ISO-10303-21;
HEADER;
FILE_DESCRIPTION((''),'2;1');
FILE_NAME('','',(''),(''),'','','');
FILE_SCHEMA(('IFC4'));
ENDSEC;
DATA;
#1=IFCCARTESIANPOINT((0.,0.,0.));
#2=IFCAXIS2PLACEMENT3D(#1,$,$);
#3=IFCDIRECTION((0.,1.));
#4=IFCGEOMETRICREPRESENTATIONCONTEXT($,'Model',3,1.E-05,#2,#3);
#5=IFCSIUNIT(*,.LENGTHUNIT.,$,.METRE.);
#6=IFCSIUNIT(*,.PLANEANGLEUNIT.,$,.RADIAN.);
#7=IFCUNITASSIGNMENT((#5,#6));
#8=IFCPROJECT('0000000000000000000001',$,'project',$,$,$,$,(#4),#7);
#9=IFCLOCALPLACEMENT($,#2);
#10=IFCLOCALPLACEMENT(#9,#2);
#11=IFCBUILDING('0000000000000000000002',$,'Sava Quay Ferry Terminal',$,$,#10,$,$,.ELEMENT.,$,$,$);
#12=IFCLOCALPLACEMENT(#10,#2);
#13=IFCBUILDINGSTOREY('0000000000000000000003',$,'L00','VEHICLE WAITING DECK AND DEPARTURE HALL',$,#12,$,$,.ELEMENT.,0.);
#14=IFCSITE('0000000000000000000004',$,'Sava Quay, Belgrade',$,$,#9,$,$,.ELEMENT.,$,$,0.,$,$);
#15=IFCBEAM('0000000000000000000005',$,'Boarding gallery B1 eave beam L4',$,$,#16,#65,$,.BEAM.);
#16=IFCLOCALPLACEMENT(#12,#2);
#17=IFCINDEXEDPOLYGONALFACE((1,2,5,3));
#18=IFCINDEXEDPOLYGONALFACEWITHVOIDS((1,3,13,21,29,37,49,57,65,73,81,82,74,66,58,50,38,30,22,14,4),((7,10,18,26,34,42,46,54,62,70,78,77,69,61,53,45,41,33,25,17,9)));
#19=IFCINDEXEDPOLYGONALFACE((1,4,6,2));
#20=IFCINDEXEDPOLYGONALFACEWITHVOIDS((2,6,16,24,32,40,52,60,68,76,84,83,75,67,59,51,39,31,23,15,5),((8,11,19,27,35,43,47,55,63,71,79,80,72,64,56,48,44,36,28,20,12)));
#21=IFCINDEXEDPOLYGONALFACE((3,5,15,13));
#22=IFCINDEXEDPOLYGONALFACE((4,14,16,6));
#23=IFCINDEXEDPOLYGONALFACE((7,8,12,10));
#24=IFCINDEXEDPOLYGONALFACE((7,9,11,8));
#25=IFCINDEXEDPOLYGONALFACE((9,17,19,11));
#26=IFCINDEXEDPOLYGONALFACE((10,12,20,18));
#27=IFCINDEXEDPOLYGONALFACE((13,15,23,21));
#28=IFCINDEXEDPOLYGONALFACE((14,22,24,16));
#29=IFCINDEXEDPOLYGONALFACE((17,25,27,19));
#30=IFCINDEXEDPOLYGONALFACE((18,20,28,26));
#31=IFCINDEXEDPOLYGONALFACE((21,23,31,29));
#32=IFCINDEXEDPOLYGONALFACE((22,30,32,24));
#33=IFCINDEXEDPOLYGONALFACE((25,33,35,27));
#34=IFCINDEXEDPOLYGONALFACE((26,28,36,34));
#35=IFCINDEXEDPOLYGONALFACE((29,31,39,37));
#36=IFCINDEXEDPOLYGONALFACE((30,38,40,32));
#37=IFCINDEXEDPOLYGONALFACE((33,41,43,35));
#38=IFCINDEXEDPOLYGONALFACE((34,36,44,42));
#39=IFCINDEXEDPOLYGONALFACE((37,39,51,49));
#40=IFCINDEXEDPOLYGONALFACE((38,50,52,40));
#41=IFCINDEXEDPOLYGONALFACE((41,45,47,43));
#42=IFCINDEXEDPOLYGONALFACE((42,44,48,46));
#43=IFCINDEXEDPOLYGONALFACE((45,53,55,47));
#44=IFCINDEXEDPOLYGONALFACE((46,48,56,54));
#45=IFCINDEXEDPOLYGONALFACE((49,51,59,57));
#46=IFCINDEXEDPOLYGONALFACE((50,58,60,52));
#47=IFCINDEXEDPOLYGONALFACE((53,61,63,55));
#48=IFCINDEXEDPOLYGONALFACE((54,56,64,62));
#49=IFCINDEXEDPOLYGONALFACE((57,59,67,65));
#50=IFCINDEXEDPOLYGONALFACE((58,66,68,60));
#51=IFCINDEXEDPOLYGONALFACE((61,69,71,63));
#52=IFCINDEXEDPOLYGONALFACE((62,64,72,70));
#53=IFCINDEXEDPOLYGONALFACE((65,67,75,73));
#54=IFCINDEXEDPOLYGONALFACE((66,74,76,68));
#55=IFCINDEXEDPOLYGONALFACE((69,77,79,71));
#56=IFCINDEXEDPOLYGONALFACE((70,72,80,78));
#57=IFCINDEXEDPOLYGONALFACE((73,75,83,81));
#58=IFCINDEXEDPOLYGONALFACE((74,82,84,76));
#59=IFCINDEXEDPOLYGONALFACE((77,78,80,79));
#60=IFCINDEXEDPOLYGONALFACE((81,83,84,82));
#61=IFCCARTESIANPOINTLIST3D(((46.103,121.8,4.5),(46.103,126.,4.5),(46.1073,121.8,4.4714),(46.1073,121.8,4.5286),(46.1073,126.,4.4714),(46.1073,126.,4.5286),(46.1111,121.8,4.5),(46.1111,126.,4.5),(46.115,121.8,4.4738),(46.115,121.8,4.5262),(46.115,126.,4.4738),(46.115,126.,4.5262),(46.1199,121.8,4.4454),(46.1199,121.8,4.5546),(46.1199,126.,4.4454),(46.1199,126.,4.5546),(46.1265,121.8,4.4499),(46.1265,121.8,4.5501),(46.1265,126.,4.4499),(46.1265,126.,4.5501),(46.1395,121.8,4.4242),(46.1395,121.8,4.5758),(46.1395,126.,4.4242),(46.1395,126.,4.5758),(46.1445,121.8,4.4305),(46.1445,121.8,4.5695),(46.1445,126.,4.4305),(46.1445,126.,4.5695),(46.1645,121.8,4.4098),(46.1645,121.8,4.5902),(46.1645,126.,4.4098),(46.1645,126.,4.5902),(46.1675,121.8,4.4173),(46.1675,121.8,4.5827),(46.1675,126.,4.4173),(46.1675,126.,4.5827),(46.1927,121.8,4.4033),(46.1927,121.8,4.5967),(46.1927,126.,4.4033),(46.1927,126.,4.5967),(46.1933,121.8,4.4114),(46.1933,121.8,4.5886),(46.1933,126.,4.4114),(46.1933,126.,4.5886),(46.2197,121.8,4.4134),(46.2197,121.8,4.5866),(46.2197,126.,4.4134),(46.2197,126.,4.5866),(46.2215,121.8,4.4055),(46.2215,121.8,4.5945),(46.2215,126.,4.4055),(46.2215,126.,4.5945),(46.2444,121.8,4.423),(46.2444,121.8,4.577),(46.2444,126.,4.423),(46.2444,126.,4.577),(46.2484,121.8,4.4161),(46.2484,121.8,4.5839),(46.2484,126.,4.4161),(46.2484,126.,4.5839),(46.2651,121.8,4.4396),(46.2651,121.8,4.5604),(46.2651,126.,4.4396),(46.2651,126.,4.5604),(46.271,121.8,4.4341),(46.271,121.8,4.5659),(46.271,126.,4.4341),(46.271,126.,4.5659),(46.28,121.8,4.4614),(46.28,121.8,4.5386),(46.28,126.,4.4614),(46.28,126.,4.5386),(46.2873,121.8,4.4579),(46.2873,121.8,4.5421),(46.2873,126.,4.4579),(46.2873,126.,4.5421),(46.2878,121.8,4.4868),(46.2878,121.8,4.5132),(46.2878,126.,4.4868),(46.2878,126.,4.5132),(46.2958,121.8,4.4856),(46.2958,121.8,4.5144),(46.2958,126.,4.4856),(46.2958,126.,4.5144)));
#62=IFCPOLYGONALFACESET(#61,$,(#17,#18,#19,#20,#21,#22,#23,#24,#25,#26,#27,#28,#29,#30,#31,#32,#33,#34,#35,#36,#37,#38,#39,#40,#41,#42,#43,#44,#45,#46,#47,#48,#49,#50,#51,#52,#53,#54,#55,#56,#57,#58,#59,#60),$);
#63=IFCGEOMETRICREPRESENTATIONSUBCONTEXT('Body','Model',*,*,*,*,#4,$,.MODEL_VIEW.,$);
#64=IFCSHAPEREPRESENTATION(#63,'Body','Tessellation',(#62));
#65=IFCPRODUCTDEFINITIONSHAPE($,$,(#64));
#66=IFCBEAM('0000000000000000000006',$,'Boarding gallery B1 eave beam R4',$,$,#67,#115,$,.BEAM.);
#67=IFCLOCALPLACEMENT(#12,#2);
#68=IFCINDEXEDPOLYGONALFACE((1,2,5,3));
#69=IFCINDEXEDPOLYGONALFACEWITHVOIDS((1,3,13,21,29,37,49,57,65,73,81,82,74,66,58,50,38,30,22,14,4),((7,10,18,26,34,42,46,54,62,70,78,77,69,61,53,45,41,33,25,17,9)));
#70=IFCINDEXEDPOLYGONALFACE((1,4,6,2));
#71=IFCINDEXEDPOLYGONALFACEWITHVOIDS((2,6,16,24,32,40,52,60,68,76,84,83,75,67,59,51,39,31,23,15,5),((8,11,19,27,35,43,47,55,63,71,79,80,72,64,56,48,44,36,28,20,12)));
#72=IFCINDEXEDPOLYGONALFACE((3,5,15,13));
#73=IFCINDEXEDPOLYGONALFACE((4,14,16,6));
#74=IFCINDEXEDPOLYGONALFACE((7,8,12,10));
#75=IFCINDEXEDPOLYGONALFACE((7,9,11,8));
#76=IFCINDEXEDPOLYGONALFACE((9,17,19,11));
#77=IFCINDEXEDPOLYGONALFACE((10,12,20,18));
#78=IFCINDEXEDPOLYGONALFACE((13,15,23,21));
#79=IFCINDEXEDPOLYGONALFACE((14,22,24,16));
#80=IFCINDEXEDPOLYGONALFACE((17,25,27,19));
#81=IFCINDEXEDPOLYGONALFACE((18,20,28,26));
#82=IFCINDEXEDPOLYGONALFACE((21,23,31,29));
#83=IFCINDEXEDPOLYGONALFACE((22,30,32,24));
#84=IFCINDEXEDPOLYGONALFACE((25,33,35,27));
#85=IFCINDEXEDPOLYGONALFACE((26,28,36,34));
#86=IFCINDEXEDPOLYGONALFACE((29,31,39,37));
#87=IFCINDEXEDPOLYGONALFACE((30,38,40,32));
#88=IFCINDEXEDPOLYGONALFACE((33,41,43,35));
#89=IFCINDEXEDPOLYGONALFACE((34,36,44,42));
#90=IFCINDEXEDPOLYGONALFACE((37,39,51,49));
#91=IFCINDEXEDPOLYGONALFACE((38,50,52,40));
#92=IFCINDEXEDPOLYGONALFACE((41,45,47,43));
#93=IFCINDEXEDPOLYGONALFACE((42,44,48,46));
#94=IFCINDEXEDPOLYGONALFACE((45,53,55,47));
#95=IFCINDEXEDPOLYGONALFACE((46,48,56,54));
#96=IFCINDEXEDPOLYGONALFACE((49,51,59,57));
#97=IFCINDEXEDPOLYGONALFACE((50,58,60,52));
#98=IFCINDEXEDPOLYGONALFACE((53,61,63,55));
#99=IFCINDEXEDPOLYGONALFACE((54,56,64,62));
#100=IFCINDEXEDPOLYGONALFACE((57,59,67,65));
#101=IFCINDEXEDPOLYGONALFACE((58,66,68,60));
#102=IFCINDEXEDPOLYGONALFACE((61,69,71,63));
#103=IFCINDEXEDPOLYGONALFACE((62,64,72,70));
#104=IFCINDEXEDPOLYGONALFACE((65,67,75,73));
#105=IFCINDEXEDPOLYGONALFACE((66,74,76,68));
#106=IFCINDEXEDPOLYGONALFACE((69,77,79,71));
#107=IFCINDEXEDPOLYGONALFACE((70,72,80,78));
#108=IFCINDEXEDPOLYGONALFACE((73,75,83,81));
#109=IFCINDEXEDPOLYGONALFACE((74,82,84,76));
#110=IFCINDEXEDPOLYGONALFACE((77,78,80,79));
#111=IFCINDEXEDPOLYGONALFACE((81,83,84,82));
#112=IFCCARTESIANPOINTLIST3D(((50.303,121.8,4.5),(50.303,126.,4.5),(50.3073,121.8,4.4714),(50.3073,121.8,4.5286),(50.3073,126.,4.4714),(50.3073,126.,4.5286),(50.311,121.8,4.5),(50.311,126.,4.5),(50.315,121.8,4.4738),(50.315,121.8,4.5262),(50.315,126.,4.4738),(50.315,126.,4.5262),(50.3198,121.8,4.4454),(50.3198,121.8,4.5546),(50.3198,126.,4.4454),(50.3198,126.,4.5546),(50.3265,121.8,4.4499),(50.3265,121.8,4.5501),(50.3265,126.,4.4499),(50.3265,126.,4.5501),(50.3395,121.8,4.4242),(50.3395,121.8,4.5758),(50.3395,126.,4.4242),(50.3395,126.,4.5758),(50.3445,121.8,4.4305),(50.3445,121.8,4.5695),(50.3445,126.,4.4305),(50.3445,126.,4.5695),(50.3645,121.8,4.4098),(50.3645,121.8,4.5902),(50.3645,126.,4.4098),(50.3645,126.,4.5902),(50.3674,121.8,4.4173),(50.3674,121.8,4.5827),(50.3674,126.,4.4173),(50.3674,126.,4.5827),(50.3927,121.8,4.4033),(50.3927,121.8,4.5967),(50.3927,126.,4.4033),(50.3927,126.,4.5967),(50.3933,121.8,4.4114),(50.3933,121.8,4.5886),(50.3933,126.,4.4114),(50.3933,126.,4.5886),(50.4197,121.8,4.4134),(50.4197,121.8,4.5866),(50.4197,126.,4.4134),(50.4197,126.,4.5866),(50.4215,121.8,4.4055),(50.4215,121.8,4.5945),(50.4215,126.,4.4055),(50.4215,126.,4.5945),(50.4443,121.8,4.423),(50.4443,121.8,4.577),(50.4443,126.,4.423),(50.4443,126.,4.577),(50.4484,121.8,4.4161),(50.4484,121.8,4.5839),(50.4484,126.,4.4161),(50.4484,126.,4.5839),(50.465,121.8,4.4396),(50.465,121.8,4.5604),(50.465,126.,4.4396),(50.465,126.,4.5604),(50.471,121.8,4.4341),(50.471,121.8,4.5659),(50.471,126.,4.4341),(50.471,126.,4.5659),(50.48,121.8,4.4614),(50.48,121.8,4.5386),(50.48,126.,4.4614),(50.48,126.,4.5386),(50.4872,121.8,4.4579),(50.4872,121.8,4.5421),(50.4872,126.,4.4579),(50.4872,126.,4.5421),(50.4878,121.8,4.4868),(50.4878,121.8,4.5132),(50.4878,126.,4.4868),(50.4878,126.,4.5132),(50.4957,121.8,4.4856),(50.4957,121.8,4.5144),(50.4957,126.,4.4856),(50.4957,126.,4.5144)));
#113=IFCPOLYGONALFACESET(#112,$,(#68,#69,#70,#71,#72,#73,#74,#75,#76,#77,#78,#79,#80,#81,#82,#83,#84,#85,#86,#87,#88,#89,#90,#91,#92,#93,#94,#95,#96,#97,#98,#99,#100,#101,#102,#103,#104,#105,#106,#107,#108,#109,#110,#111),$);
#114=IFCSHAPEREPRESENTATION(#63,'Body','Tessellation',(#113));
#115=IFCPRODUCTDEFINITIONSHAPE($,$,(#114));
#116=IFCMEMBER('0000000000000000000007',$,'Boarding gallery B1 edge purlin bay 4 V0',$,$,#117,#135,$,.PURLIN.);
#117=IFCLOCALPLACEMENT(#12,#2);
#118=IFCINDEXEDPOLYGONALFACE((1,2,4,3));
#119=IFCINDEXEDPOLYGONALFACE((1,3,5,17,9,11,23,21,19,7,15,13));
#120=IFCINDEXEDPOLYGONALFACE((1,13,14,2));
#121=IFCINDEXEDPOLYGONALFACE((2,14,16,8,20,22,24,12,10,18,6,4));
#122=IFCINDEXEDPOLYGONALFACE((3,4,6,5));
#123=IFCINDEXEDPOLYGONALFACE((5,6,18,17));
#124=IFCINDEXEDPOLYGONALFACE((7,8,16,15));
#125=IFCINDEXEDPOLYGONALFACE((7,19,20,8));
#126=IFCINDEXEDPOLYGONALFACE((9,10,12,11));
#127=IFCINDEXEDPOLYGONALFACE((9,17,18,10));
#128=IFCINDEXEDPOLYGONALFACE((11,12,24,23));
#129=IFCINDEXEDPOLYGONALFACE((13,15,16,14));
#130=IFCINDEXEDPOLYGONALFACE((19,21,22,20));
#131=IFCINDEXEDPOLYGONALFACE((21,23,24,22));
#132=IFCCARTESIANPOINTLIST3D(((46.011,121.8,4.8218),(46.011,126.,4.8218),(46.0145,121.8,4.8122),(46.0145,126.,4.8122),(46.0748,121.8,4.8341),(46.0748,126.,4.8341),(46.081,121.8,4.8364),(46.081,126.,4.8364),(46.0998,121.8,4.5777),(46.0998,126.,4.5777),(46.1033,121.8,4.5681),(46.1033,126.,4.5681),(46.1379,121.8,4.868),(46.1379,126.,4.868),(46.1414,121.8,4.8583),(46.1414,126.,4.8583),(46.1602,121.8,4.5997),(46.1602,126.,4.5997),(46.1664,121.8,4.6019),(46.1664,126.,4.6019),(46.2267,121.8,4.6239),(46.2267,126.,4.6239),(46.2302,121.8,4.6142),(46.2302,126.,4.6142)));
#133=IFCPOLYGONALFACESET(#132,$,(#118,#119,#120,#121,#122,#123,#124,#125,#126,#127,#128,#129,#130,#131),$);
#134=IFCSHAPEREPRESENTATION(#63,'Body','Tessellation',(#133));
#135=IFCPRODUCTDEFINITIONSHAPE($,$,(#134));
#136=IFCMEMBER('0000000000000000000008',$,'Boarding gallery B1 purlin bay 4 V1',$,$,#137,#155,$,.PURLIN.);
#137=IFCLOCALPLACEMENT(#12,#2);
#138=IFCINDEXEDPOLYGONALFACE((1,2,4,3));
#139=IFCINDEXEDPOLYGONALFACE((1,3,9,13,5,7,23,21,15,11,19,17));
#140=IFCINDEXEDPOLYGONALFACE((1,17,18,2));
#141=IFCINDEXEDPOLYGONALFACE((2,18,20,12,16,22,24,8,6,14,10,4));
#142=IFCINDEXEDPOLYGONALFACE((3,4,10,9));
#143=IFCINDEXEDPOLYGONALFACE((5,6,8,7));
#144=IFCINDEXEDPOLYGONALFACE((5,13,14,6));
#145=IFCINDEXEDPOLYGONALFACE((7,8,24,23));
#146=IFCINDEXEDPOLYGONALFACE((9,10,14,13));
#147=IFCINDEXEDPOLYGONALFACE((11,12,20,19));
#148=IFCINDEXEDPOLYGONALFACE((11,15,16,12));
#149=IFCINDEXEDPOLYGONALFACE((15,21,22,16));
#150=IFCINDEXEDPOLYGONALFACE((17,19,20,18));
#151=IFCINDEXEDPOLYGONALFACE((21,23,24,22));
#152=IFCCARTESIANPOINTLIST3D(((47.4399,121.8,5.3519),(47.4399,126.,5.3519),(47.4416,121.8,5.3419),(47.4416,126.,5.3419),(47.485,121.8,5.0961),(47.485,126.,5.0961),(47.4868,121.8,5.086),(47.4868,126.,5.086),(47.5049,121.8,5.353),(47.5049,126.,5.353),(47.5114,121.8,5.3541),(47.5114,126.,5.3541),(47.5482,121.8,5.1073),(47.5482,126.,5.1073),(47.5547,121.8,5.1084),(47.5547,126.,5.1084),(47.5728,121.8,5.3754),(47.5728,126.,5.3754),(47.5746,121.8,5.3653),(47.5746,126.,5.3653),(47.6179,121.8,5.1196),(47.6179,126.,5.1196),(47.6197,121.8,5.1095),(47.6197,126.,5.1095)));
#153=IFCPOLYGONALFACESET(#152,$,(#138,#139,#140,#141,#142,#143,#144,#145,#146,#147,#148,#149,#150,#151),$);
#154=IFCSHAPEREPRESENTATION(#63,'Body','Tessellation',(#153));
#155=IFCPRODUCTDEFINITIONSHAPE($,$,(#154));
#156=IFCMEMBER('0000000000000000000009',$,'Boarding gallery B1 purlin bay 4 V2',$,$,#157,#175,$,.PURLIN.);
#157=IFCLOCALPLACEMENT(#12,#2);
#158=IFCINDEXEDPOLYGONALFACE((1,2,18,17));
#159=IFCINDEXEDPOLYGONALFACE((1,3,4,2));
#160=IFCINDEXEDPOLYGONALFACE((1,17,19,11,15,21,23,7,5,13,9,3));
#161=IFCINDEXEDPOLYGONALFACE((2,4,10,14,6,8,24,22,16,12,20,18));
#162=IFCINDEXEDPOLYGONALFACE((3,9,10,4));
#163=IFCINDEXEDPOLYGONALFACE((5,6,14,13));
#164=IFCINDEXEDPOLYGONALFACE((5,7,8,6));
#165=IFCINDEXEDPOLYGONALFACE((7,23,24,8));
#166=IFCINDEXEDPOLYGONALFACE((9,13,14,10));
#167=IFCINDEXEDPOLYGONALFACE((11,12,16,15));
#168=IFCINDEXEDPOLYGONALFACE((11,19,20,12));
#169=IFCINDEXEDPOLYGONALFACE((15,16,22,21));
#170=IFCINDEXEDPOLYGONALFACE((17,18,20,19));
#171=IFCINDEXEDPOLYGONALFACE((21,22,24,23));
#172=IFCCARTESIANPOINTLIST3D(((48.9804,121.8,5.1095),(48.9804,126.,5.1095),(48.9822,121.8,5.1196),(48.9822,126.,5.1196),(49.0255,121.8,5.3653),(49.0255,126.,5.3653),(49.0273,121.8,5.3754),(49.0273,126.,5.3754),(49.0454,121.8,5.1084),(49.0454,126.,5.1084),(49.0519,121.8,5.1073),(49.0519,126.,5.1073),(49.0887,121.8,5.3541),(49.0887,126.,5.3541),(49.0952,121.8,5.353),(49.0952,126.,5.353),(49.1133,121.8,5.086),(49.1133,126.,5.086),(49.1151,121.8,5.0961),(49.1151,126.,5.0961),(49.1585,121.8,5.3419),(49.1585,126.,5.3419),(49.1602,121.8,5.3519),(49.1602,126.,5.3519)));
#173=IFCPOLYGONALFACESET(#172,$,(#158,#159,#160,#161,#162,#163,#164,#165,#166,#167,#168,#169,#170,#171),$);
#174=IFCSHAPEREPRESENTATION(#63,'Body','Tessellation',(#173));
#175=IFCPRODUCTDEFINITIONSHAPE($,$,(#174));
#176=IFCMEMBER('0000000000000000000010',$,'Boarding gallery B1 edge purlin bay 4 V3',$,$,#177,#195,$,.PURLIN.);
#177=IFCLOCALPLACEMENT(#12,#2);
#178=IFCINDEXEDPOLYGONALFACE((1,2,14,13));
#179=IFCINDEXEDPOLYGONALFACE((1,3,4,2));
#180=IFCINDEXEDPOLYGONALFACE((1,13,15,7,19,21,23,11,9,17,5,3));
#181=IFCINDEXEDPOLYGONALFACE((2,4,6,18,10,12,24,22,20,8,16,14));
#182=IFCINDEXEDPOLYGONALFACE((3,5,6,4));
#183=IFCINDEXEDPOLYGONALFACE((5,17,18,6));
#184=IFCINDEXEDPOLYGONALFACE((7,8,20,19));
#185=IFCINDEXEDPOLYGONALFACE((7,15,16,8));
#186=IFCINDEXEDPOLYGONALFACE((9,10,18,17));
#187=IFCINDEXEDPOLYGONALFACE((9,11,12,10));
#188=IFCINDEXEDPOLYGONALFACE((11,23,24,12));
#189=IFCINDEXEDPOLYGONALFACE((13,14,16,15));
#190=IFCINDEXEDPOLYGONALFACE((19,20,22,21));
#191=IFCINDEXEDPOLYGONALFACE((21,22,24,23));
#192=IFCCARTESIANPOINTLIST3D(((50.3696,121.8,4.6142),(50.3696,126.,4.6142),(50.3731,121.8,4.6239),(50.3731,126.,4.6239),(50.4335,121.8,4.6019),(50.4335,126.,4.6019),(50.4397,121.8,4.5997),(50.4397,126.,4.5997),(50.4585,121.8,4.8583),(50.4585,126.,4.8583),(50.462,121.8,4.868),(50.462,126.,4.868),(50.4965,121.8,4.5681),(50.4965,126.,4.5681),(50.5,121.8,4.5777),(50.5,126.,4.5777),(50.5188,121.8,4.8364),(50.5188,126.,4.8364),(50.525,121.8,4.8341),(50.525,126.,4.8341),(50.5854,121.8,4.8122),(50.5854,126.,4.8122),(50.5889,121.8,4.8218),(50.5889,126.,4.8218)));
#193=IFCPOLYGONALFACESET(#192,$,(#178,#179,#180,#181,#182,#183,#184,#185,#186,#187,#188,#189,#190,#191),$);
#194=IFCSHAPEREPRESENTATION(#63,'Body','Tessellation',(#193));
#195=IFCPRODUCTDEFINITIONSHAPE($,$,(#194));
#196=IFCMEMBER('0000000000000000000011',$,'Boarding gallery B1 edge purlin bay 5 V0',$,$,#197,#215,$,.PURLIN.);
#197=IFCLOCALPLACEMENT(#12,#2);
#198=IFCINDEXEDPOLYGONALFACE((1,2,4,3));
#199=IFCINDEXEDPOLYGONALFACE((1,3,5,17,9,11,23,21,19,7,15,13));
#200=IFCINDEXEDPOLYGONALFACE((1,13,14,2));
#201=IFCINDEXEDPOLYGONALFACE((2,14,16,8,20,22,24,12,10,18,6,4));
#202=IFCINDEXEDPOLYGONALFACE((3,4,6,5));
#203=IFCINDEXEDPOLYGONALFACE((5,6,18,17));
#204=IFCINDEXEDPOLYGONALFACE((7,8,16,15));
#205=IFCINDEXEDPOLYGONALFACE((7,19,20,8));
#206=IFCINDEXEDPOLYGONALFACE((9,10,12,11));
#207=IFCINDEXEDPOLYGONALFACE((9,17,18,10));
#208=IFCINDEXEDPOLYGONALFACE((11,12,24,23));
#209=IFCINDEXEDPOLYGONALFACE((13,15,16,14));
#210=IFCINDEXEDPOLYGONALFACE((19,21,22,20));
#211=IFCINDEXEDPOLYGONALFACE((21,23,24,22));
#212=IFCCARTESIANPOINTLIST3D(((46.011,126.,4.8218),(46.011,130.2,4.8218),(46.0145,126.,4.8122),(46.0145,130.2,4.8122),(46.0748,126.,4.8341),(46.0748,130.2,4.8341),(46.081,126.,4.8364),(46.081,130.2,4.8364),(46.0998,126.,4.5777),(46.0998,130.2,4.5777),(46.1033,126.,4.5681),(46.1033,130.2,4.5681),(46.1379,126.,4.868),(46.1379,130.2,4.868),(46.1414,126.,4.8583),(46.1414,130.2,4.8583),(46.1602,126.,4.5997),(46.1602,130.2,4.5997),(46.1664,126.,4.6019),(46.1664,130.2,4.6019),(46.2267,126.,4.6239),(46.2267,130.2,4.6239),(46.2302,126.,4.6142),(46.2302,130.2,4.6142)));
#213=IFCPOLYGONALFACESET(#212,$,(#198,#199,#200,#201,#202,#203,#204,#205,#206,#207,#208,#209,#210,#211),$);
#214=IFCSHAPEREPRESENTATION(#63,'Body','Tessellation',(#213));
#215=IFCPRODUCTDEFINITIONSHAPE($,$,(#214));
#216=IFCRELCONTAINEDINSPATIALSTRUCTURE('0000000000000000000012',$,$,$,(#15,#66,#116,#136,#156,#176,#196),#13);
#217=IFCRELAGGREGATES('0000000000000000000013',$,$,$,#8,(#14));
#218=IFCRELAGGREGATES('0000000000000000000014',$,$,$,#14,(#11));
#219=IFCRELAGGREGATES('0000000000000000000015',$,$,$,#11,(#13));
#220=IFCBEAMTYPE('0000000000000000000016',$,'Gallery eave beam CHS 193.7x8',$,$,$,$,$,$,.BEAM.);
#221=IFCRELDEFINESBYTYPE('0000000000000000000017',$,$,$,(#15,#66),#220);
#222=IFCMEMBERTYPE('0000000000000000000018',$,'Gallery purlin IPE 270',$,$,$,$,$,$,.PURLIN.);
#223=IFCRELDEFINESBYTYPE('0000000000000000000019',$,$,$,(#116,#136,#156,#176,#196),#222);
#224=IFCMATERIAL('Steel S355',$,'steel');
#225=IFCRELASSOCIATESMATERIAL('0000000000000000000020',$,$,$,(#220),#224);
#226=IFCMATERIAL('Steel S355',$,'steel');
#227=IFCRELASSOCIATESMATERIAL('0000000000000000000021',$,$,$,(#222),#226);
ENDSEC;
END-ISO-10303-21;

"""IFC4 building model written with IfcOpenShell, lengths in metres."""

from ifc_helpers import new_model, si_unit, direction, frame, origin, origin_2d, place, context, subcontext, project, spatial, hollow_circle, i_section, extrude, material, material_profile, profile_set, type_object, element, save


model = new_model("IFC4")

# Units and contexts
model_context = context("Model", 3, precision=1e-05, world=origin(), true_north=direction((0.0, 1.0)))
body_context = subcontext(model_context, "Body", "Model", "MODEL_VIEW")
ifc_project = project(units=[si_unit("LENGTHUNIT", "METRE"), si_unit("PLANEANGLEUNIT", "RADIAN")], contexts=[model_context])

# Site, building, storey
site_placement = place(None, origin())
site = spatial("IfcSite", under=ifc_project, at=site_placement, Name="Sava Quay, Belgrade", CompositionType="ELEMENT", RefElevation=0.0)
building_placement = place(site_placement, origin())
building = spatial("IfcBuilding", under=site, at=building_placement, Name="Sava Quay Ferry Terminal", CompositionType="ELEMENT")
storey_placement = place(building_placement, origin())
storey = spatial("IfcBuildingStorey", under=building, at=storey_placement, Name="L00", Description="VEHICLE WAITING DECK AND DEPARTURE HALL", CompositionType="ELEMENT", Elevation=0.0)

# Beams
ifc_material_1 = material(Name="Steel S355", Category="steel")
ifc_material_profile_1 = material_profile(ifc_material_1, hollow_circle(Radius=0.0969, WallThickness=0.0081, at=origin_2d()), Name="CHS 193.7 x 8.0")
ifc_profile_set_1 = profile_set([ifc_material_profile_1], Name="Steel S355")
beam_type_1 = type_object("IfcBeamType", Name="Gallery eave beam CHS 193.7x8", PredefinedType="BEAM", material=ifc_profile_set_1)
for number, where, z_axis, x_axis, name in (
    (1, (46.2, 121.8, 4.5), (0.0, 1.0, 0.0), (-1.0, 0.0, 0.0), "Boarding gallery B1 eave beam L4"),
    (2, (50.3999, 121.8, 4.5), (0.0, 1.0, 0.0), (-1.0, 0.0, 0.0), "Boarding gallery B1 eave beam R4"),
):
    element("IfcBeam", number, at=place(storey_placement, frame(where, z_axis=z_axis, x_axis=x_axis)), inside=storey, type_object=beam_type_1, Name=name, PredefinedType="BEAM", context=body_context, shape_type="SweptSolid", body=[
        extrude(hollow_circle(Radius=0.0969, WallThickness=0.0081, at=origin_2d()), origin(), (0.0, 0.0, 1.0), 4.2),
    ])

# Members
ifc_material_2 = material(Name="Steel S355", Category="steel")
ifc_material_profile_2 = material_profile(ifc_material_2, i_section(OverallWidth=0.135, OverallDepth=0.27, WebThickness=0.0066, FlangeThickness=0.0103, at=origin_2d()), Name="IPE 270")
ifc_profile_set_2 = profile_set([ifc_material_profile_2], Name="Steel S355")
member_type_1 = type_object("IfcMemberType", Name="Gallery purlin IPE 270", PredefinedType="PURLIN", material=ifc_profile_set_2)
for number, where, z_axis, x_axis, name in (
    (3, (46.1206, 121.8, 4.718), (0.0, 1.0, 0.0), (-0.939693, 0.0, -0.34202), "Boarding gallery B1 edge purlin bay 4 V0"),
    (4, (47.5298, 121.8, 5.2307), (0.0, 1.0, 0.0), (-0.984808, 0.0, -0.173648), "Boarding gallery B1 purlin bay 4 V1"),
    (5, (49.0703, 121.8, 5.2307), (0.0, 1.0, 0.0), (-0.984808, 0.0, 0.173648), "Boarding gallery B1 purlin bay 4 V2"),
    (6, (50.4792, 121.8, 4.718), (0.0, 1.0, 0.0), (-0.939693, 0.0, 0.34202), "Boarding gallery B1 edge purlin bay 4 V3"),
    (7, (46.1206, 126.0, 4.718), (0.0, 1.0, 0.0), (-0.939693, 0.0, -0.34202), "Boarding gallery B1 edge purlin bay 5 V0"),
):
    element("IfcMember", number, at=place(storey_placement, frame(where, z_axis=z_axis, x_axis=x_axis)), inside=storey, type_object=member_type_1, Name=name, PredefinedType="PURLIN", context=body_context, shape_type="SweptSolid", body=[
        extrude(i_section(OverallWidth=0.135, OverallDepth=0.27, WebThickness=0.0066, FlangeThickness=0.0103, at=origin_2d()), origin(), (0.0, 0.0, 1.0), 4.2),
    ])

save(model, "model.ifc")
